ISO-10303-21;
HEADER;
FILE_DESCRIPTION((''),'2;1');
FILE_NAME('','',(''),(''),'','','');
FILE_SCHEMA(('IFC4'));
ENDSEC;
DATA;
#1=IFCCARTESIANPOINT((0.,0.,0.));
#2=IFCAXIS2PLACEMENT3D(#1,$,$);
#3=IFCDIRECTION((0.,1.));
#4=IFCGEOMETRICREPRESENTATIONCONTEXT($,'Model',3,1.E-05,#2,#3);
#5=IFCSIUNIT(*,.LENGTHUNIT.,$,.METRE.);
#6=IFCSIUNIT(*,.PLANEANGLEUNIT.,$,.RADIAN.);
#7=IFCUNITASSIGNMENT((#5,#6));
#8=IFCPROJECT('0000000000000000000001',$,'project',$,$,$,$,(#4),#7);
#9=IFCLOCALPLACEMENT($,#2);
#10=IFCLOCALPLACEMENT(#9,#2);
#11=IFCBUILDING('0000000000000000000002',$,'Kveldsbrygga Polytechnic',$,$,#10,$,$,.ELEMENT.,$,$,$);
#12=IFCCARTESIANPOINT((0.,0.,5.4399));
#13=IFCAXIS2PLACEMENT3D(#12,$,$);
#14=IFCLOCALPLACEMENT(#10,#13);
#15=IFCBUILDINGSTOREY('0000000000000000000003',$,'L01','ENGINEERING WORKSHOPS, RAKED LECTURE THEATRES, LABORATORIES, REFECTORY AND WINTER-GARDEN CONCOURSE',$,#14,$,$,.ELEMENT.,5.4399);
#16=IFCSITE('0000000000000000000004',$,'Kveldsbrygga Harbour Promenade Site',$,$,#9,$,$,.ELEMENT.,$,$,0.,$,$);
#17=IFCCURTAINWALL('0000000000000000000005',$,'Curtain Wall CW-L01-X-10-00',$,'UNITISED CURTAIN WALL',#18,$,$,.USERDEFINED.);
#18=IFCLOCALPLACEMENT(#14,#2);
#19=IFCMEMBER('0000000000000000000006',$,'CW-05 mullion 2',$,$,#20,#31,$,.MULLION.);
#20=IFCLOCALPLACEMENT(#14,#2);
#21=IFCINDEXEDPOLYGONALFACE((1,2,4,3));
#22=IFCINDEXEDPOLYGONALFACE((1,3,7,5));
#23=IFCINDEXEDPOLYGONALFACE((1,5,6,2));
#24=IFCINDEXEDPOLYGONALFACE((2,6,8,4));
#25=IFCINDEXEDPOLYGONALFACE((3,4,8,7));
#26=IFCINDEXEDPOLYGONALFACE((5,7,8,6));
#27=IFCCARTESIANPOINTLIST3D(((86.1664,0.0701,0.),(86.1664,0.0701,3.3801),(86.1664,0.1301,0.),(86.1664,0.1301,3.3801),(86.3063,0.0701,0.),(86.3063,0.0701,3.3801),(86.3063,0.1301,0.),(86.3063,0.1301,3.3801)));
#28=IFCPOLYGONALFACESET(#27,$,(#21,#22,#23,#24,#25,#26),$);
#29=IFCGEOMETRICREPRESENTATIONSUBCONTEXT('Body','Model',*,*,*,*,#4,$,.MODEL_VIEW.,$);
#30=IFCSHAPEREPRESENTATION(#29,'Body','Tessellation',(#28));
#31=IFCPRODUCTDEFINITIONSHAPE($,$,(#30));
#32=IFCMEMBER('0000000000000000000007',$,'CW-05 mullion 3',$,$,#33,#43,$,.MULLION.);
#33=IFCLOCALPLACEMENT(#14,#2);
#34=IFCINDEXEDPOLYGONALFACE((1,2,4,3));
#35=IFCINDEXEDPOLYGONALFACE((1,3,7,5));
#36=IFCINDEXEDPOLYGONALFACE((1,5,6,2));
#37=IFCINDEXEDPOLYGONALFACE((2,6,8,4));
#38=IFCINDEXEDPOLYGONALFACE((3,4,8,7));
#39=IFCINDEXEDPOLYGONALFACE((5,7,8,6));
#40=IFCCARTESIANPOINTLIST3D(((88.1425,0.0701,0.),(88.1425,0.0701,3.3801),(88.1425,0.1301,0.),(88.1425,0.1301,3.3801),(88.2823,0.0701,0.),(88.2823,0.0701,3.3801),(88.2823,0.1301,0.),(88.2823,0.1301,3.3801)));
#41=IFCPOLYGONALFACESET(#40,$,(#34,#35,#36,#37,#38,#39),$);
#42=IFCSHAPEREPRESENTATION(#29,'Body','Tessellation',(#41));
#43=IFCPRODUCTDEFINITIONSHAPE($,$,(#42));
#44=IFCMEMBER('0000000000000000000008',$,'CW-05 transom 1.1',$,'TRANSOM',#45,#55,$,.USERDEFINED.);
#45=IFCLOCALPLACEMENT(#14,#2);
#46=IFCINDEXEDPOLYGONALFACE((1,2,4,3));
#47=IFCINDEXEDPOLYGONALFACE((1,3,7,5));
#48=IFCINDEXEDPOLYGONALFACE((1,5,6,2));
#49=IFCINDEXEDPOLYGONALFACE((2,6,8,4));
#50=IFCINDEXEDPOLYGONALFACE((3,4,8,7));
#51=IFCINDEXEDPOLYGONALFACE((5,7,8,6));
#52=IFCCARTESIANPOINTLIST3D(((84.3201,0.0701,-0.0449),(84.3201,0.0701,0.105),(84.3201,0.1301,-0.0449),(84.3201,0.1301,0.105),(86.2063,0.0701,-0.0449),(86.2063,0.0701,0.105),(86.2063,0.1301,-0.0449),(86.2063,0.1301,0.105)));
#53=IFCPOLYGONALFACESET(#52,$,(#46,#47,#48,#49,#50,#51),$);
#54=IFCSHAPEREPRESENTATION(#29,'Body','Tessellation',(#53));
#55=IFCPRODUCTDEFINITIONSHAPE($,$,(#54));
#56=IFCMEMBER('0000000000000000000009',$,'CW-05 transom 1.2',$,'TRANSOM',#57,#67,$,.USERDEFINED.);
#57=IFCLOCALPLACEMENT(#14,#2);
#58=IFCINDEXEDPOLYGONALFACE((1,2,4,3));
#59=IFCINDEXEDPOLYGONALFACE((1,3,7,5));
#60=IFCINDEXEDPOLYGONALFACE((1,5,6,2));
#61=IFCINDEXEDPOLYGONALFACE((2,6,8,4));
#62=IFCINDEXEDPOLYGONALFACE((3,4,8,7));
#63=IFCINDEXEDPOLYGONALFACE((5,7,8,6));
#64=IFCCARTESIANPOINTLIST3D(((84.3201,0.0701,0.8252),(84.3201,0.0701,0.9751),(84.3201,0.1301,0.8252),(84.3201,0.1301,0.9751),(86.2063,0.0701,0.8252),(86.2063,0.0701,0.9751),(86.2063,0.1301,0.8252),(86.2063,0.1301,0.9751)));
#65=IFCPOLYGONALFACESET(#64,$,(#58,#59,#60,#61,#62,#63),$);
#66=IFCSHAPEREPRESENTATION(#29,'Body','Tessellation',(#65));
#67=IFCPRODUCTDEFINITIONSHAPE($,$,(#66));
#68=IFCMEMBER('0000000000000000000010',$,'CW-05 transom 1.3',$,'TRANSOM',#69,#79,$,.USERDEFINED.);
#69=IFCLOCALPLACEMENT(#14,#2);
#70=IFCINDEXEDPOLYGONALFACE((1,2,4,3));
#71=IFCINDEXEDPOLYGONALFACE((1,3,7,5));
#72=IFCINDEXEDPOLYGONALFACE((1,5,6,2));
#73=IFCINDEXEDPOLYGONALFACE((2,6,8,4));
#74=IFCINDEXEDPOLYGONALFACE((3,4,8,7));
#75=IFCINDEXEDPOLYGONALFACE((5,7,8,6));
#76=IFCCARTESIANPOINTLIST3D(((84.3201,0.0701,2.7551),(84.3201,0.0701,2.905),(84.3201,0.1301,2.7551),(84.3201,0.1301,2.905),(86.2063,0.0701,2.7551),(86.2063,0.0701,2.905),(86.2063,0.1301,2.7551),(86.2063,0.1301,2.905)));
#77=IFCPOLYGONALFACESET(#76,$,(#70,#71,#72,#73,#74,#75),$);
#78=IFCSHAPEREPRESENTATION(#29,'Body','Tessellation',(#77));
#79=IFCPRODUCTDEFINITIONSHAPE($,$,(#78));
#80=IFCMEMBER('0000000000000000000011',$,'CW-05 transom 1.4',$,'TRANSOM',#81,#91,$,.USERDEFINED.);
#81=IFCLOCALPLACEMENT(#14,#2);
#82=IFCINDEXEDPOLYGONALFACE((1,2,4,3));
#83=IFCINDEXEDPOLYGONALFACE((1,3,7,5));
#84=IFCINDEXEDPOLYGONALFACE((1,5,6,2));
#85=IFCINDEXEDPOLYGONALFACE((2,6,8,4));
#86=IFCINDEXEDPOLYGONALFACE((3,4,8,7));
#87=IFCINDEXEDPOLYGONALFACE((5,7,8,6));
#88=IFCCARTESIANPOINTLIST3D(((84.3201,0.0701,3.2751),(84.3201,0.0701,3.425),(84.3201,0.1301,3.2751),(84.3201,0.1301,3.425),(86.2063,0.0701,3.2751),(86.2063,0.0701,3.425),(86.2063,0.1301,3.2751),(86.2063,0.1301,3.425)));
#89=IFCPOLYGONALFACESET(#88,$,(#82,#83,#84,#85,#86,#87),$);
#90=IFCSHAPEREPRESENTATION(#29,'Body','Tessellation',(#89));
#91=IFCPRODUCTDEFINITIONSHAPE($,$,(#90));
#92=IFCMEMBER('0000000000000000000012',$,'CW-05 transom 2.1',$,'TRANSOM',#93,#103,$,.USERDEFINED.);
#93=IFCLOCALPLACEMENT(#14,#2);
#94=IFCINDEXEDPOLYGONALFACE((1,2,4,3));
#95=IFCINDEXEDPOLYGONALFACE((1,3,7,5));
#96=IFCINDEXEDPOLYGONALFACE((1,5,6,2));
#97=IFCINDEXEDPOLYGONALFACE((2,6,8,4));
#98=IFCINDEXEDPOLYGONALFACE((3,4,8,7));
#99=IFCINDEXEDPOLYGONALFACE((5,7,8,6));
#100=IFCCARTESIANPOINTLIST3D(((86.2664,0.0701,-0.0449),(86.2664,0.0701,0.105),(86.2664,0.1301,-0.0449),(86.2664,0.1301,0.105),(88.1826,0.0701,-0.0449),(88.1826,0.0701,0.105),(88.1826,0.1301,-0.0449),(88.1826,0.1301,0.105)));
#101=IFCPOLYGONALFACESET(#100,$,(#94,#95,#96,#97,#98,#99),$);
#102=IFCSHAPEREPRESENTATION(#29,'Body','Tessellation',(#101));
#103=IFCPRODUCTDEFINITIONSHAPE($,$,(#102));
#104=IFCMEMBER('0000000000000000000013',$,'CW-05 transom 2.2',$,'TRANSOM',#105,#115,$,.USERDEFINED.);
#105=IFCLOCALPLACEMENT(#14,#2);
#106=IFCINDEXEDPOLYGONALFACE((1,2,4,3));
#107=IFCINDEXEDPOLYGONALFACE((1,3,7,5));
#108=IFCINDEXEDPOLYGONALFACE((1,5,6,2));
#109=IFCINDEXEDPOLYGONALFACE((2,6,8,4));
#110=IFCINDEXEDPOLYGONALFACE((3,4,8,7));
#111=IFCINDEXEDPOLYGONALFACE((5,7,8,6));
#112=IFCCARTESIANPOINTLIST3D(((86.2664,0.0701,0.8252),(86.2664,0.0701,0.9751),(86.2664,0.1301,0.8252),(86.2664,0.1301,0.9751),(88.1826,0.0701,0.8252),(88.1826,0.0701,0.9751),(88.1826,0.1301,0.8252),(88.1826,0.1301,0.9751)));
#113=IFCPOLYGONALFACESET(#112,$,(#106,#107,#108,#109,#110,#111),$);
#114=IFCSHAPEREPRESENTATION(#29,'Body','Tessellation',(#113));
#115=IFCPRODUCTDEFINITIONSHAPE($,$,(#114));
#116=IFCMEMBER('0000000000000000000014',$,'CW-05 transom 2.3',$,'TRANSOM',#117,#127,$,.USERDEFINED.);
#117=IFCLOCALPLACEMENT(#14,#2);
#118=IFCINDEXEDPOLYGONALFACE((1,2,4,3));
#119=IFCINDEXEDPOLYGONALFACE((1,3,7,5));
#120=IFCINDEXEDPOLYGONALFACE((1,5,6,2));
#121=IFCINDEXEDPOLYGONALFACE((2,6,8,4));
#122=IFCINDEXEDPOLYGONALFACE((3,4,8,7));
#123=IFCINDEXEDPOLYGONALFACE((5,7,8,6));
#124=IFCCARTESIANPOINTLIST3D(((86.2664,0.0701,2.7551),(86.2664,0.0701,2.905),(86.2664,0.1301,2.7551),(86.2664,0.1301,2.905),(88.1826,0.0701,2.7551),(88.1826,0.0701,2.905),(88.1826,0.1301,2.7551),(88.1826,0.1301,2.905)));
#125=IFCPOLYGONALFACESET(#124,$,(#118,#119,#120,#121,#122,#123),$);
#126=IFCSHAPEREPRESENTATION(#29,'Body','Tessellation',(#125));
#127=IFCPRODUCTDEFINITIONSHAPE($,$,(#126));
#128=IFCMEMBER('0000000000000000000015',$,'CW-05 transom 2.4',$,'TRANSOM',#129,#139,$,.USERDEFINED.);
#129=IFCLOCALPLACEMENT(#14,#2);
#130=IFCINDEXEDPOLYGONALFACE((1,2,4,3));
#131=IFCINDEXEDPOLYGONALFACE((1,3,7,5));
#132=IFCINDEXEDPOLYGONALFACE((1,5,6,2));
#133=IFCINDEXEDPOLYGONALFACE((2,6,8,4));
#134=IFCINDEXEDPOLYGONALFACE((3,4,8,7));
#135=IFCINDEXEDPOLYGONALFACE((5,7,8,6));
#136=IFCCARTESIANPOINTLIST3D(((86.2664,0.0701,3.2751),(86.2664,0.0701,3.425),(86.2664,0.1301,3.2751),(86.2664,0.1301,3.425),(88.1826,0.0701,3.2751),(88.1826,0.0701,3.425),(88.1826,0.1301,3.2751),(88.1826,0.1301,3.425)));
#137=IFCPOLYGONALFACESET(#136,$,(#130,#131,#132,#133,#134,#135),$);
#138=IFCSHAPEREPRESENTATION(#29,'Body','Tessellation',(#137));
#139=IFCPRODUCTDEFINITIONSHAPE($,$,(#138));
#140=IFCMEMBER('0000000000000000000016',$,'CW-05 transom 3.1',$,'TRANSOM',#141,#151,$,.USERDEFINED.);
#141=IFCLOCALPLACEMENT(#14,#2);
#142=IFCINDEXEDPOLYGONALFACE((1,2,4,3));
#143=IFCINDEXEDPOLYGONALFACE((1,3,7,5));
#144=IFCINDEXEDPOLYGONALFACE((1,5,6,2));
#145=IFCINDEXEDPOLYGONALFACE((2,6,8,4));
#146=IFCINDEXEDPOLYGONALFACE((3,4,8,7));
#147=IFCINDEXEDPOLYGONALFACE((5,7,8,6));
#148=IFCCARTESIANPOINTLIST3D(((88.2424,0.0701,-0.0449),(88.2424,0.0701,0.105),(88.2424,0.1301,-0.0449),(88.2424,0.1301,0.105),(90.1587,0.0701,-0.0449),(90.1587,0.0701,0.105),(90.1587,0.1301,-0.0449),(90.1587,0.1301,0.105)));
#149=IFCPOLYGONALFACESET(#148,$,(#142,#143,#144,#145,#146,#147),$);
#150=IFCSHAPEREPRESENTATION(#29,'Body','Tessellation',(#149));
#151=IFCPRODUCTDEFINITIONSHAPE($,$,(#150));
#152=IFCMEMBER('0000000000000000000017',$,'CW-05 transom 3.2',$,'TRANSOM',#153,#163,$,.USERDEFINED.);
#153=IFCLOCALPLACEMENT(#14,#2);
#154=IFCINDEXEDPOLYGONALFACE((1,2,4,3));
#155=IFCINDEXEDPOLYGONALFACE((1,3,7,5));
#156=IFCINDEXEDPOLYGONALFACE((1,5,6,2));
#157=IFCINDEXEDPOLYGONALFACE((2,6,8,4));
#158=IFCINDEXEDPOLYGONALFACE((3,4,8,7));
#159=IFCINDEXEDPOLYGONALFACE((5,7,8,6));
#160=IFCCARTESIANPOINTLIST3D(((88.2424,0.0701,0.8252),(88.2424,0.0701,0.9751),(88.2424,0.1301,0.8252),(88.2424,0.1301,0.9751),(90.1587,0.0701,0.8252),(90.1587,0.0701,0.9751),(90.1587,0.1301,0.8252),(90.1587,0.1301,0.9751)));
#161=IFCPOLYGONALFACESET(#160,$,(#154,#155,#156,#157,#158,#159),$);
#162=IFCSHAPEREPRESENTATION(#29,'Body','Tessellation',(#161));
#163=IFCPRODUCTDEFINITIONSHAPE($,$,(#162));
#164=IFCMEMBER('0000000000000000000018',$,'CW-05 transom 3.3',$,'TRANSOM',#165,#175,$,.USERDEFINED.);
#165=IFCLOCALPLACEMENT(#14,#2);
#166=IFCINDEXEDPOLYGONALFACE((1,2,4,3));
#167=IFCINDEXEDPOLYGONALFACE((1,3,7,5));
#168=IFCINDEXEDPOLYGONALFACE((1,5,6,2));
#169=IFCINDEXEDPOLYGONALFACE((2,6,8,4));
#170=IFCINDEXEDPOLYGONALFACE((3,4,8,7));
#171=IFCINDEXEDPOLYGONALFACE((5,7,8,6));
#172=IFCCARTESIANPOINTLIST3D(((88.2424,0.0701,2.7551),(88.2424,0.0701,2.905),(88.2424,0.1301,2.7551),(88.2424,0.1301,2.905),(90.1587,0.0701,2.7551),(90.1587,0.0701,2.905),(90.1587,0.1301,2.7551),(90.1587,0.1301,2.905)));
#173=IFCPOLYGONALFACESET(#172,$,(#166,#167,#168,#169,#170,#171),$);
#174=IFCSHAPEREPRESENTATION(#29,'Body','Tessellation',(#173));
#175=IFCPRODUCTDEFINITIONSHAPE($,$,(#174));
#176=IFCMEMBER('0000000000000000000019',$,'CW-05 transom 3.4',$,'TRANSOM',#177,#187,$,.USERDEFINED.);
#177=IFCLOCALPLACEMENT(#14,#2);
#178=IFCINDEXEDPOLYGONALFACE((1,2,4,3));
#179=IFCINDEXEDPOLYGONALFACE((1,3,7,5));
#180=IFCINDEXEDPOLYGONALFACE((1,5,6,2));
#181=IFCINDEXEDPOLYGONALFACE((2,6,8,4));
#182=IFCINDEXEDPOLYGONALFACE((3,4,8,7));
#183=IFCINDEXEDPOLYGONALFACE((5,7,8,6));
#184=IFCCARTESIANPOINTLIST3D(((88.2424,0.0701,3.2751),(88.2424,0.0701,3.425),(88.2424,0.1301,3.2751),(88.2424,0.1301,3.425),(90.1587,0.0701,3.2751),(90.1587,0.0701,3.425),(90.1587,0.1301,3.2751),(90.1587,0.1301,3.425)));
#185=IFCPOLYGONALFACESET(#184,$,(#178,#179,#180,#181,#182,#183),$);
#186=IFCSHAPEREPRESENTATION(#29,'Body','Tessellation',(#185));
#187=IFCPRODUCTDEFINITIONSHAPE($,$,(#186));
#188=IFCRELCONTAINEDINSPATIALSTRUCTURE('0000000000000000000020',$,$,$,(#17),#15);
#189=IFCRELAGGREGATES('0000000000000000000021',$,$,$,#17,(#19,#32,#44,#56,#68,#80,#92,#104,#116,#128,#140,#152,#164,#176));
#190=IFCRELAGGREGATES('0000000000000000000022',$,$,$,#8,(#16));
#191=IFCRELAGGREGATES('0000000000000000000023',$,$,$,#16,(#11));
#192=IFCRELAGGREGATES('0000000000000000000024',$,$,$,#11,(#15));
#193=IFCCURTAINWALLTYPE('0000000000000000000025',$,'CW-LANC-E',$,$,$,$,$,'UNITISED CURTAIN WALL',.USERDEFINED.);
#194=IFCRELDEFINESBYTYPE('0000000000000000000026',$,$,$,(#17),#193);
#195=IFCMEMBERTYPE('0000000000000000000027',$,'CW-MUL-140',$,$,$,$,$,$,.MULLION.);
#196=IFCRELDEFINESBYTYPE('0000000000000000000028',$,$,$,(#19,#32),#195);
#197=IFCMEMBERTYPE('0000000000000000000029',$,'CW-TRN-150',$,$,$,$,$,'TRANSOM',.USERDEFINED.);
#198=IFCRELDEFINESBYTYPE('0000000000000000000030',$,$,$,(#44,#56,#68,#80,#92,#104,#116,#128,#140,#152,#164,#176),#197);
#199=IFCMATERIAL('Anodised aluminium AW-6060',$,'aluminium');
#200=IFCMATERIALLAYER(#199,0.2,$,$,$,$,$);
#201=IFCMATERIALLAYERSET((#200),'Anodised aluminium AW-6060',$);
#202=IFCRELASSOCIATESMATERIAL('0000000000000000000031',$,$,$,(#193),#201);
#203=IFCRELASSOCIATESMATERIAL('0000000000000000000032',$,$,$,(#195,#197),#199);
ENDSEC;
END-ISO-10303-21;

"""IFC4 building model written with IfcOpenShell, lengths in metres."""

from ifc_helpers import new_model, si_unit, direction, frame, origin, origin_2d, place, context, subcontext, project, spatial, rectangle, extrude, material, layer, layer_set, material_profile, profile_set, type_object, element, aggregate, save


model = new_model("IFC4")

# Units and contexts
model_context = context("Model", 3, precision=1e-05, world=origin(), true_north=direction((0.0, 1.0)))
body_context = subcontext(model_context, "Body", "Model", "MODEL_VIEW")
ifc_project = project(units=[si_unit("LENGTHUNIT", "METRE"), si_unit("PLANEANGLEUNIT", "RADIAN")], contexts=[model_context])

# Site, building, storey
site_placement = place(None, origin())
site = spatial("IfcSite", under=ifc_project, at=site_placement, Name="Kveldsbrygga Harbour Promenade Site", CompositionType="ELEMENT", RefElevation=0.0)
building_placement = place(site_placement, origin())
building = spatial("IfcBuilding", under=site, at=building_placement, Name="Kveldsbrygga Polytechnic", CompositionType="ELEMENT")
storey_placement = place(building_placement, frame((0.0, 0.0, 5.4399)))
storey = spatial("IfcBuildingStorey", under=building, at=storey_placement, Name="L01", Description="ENGINEERING WORKSHOPS, RAKED LECTURE THEATRES, LABORATORIES, REFECTORY AND WINTER-GARDEN CONCOURSE", CompositionType="ELEMENT", Elevation=5.4399)

# Curtain wall, members
ifc_material_1 = material(Name="Anodised aluminium AW-6060", Category="aluminium")
ifc_layer_1 = layer(ifc_material_1, 0.2)
ifc_layer_set_1 = layer_set([ifc_layer_1], Name="Anodised aluminium AW-6060")
curtain_wall_type = type_object("IfcCurtainWallType", Name="CW-LANC-E", ElementType="UNITISED CURTAIN WALL", PredefinedType="USERDEFINED", material=ifc_layer_set_1)
curtain_wall_placement = place(storey_placement, origin())
curtain_wall = element("IfcCurtainWall", 1, at=curtain_wall_placement, inside=storey, type_object=curtain_wall_type, Name="Curtain Wall CW-L01-X-10-00", ObjectType="UNITISED CURTAIN WALL", PredefinedType="USERDEFINED")
ifc_material_profile_1 = material_profile(ifc_material_1, rectangle(XDim=0.0601, YDim=0.1399, at=origin_2d()), Name="ALU 60x140")
ifc_profile_set_1 = profile_set([ifc_material_profile_1], Name="Anodised aluminium AW-6060")
member_type_1 = type_object("IfcMemberType", Name="CW-MUL-140", PredefinedType="MULLION", material=ifc_profile_set_1)
member_1_placement = place(storey_placement, frame((86.2363, 0.1001, 0.0), z_axis=(0.0, 0.0, 1.0), x_axis=(0.0, 1.0, 0.0)))
member_1 = element("IfcMember", 2, at=member_1_placement, type_object=member_type_1, Name="CW-05 mullion 2", PredefinedType="MULLION", context=body_context, shape_type="SweptSolid", body=[
    extrude(rectangle(XDim=0.0601, YDim=0.1399, at=origin_2d()), origin(), (0.0, 0.0, 1.0), 3.3801),
])
member_2_placement = place(storey_placement, frame((88.2124, 0.1001, 0.0), z_axis=(0.0, 0.0, 1.0), x_axis=(0.0, 1.0, 0.0)))
member_2 = element("IfcMember", 3, at=member_2_placement, type_object=member_type_1, Name="CW-05 mullion 3", PredefinedType="MULLION", context=body_context, shape_type="SweptSolid", body=[
    extrude(rectangle(XDim=0.0601, YDim=0.1399, at=origin_2d()), origin(), (0.0, 0.0, 1.0), 3.3801),
])
ifc_material_profile_2 = material_profile(ifc_material_1, rectangle(XDim=0.0601, YDim=0.1499, at=origin_2d()), Name="ALU 60x150")
ifc_profile_set_2 = profile_set([ifc_material_profile_2], Name="Anodised aluminium AW-6060")
member_type_2 = type_object("IfcMemberType", Name="CW-TRN-150", ElementType="TRANSOM", PredefinedType="USERDEFINED", material=ifc_profile_set_2)
member_3_placement = place(storey_placement, frame((84.3201, 0.1001, 0.03), z_axis=(1.0, 0.0, 0.0), x_axis=(0.0, 1.0, 0.0)))
member_3 = element("IfcMember", 4, at=member_3_placement, type_object=member_type_2, Name="CW-05 transom 1.1", ObjectType="TRANSOM", PredefinedType="USERDEFINED", context=body_context, shape_type="SweptSolid", body=[
    extrude(rectangle(XDim=0.0601, YDim=0.1499, at=origin_2d()), origin(), (0.0, 0.0, 1.0), 1.8862),
])
member_4_placement = place(storey_placement, frame((84.3201, 0.1001, 0.9001), z_axis=(1.0, 0.0, 0.0), x_axis=(0.0, 1.0, 0.0)))
member_4 = element("IfcMember", 5, at=member_4_placement, type_object=member_type_2, Name="CW-05 transom 1.2", ObjectType="TRANSOM", PredefinedType="USERDEFINED", context=body_context, shape_type="SweptSolid", body=[
    extrude(rectangle(XDim=0.0601, YDim=0.1499, at=origin_2d()), origin(), (0.0, 0.0, 1.0), 1.8862),
])
member_5_placement = place(storey_placement, frame((84.3201, 0.1001, 2.8301), z_axis=(1.0, 0.0, 0.0), x_axis=(0.0, 1.0, 0.0)))
member_5 = element("IfcMember", 6, at=member_5_placement, type_object=member_type_2, Name="CW-05 transom 1.3", ObjectType="TRANSOM", PredefinedType="USERDEFINED", context=body_context, shape_type="SweptSolid", body=[
    extrude(rectangle(XDim=0.0601, YDim=0.1499, at=origin_2d()), origin(), (0.0, 0.0, 1.0), 1.8862),
])
member_6_placement = place(storey_placement, frame((84.3201, 0.1001, 3.3501), z_axis=(1.0, 0.0, 0.0), x_axis=(0.0, 1.0, 0.0)))
member_6 = element("IfcMember", 7, at=member_6_placement, type_object=member_type_2, Name="CW-05 transom 1.4", ObjectType="TRANSOM", PredefinedType="USERDEFINED", context=body_context, shape_type="SweptSolid", body=[
    extrude(rectangle(XDim=0.0601, YDim=0.1499, at=origin_2d()), origin(), (0.0, 0.0, 1.0), 1.8862),
])
member_7_placement = place(storey_placement, frame((86.2664, 0.1001, 0.03), z_axis=(1.0, 0.0, 0.0), x_axis=(0.0, 1.0, 0.0)))
member_7 = element("IfcMember", 8, at=member_7_placement, type_object=member_type_2, Name="CW-05 transom 2.1", ObjectType="TRANSOM", PredefinedType="USERDEFINED", context=body_context, shape_type="SweptSolid", body=[
    extrude(rectangle(XDim=0.0601, YDim=0.1499, at=origin_2d()), origin(), (0.0, 0.0, 1.0), 1.9163),
])
member_8_placement = place(storey_placement, frame((86.2664, 0.1001, 0.9001), z_axis=(1.0, 0.0, 0.0), x_axis=(0.0, 1.0, 0.0)))
member_8 = element("IfcMember", 9, at=member_8_placement, type_object=member_type_2, Name="CW-05 transom 2.2", ObjectType="TRANSOM", PredefinedType="USERDEFINED", context=body_context, shape_type="SweptSolid", body=[
    extrude(rectangle(XDim=0.0601, YDim=0.1499, at=origin_2d()), origin(), (0.0, 0.0, 1.0), 1.9163),
])
member_9_placement = place(storey_placement, frame((86.2664, 0.1001, 2.8301), z_axis=(1.0, 0.0, 0.0), x_axis=(0.0, 1.0, 0.0)))
member_9 = element("IfcMember", 10, at=member_9_placement, type_object=member_type_2, Name="CW-05 transom 2.3", ObjectType="TRANSOM", PredefinedType="USERDEFINED", context=body_context, shape_type="SweptSolid", body=[
    extrude(rectangle(XDim=0.0601, YDim=0.1499, at=origin_2d()), origin(), (0.0, 0.0, 1.0), 1.9163),
])
member_10_placement = place(storey_placement, frame((86.2664, 0.1001, 3.3501), z_axis=(1.0, 0.0, 0.0), x_axis=(0.0, 1.0, 0.0)))
member_10 = element("IfcMember", 11, at=member_10_placement, type_object=member_type_2, Name="CW-05 transom 2.4", ObjectType="TRANSOM", PredefinedType="USERDEFINED", context=body_context, shape_type="SweptSolid", body=[
    extrude(rectangle(XDim=0.0601, YDim=0.1499, at=origin_2d()), origin(), (0.0, 0.0, 1.0), 1.9163),
])
member_11_placement = place(storey_placement, frame((88.2424, 0.1001, 0.03), z_axis=(1.0, 0.0, 0.0), x_axis=(0.0, 1.0, 0.0)))
member_11 = element("IfcMember", 12, at=member_11_placement, type_object=member_type_2, Name="CW-05 transom 3.1", ObjectType="TRANSOM", PredefinedType="USERDEFINED", context=body_context, shape_type="SweptSolid", body=[
    extrude(rectangle(XDim=0.0601, YDim=0.1499, at=origin_2d()), origin(), (0.0, 0.0, 1.0), 1.9163),
])
member_12_placement = place(storey_placement, frame((88.2424, 0.1001, 0.9001), z_axis=(1.0, 0.0, 0.0), x_axis=(0.0, 1.0, 0.0)))
member_12 = element("IfcMember", 13, at=member_12_placement, type_object=member_type_2, Name="CW-05 transom 3.2", ObjectType="TRANSOM", PredefinedType="USERDEFINED", context=body_context, shape_type="SweptSolid", body=[
    extrude(rectangle(XDim=0.0601, YDim=0.1499, at=origin_2d()), origin(), (0.0, 0.0, 1.0), 1.9163),
])
member_13_placement = place(storey_placement, frame((88.2424, 0.1001, 2.8301), z_axis=(1.0, 0.0, 0.0), x_axis=(0.0, 1.0, 0.0)))
member_13 = element("IfcMember", 14, at=member_13_placement, type_object=member_type_2, Name="CW-05 transom 3.3", ObjectType="TRANSOM", PredefinedType="USERDEFINED", context=body_context, shape_type="SweptSolid", body=[
    extrude(rectangle(XDim=0.0601, YDim=0.1499, at=origin_2d()), origin(), (0.0, 0.0, 1.0), 1.9163),
])
member_14_placement = place(storey_placement, frame((88.2424, 0.1001, 3.3501), z_axis=(1.0, 0.0, 0.0), x_axis=(0.0, 1.0, 0.0)))
member_14 = element("IfcMember", 15, at=member_14_placement, type_object=member_type_2, Name="CW-05 transom 3.4", ObjectType="TRANSOM", PredefinedType="USERDEFINED", context=body_context, shape_type="SweptSolid", body=[
    extrude(rectangle(XDim=0.0601, YDim=0.1499, at=origin_2d()), origin(), (0.0, 0.0, 1.0), 1.9163),
])
aggregate(curtain_wall, [member_1, member_2, member_3, member_4, member_5, member_6, member_7, member_8, member_9, member_10, member_11, member_12, member_13, member_14])

save(model, "model.ifc")
